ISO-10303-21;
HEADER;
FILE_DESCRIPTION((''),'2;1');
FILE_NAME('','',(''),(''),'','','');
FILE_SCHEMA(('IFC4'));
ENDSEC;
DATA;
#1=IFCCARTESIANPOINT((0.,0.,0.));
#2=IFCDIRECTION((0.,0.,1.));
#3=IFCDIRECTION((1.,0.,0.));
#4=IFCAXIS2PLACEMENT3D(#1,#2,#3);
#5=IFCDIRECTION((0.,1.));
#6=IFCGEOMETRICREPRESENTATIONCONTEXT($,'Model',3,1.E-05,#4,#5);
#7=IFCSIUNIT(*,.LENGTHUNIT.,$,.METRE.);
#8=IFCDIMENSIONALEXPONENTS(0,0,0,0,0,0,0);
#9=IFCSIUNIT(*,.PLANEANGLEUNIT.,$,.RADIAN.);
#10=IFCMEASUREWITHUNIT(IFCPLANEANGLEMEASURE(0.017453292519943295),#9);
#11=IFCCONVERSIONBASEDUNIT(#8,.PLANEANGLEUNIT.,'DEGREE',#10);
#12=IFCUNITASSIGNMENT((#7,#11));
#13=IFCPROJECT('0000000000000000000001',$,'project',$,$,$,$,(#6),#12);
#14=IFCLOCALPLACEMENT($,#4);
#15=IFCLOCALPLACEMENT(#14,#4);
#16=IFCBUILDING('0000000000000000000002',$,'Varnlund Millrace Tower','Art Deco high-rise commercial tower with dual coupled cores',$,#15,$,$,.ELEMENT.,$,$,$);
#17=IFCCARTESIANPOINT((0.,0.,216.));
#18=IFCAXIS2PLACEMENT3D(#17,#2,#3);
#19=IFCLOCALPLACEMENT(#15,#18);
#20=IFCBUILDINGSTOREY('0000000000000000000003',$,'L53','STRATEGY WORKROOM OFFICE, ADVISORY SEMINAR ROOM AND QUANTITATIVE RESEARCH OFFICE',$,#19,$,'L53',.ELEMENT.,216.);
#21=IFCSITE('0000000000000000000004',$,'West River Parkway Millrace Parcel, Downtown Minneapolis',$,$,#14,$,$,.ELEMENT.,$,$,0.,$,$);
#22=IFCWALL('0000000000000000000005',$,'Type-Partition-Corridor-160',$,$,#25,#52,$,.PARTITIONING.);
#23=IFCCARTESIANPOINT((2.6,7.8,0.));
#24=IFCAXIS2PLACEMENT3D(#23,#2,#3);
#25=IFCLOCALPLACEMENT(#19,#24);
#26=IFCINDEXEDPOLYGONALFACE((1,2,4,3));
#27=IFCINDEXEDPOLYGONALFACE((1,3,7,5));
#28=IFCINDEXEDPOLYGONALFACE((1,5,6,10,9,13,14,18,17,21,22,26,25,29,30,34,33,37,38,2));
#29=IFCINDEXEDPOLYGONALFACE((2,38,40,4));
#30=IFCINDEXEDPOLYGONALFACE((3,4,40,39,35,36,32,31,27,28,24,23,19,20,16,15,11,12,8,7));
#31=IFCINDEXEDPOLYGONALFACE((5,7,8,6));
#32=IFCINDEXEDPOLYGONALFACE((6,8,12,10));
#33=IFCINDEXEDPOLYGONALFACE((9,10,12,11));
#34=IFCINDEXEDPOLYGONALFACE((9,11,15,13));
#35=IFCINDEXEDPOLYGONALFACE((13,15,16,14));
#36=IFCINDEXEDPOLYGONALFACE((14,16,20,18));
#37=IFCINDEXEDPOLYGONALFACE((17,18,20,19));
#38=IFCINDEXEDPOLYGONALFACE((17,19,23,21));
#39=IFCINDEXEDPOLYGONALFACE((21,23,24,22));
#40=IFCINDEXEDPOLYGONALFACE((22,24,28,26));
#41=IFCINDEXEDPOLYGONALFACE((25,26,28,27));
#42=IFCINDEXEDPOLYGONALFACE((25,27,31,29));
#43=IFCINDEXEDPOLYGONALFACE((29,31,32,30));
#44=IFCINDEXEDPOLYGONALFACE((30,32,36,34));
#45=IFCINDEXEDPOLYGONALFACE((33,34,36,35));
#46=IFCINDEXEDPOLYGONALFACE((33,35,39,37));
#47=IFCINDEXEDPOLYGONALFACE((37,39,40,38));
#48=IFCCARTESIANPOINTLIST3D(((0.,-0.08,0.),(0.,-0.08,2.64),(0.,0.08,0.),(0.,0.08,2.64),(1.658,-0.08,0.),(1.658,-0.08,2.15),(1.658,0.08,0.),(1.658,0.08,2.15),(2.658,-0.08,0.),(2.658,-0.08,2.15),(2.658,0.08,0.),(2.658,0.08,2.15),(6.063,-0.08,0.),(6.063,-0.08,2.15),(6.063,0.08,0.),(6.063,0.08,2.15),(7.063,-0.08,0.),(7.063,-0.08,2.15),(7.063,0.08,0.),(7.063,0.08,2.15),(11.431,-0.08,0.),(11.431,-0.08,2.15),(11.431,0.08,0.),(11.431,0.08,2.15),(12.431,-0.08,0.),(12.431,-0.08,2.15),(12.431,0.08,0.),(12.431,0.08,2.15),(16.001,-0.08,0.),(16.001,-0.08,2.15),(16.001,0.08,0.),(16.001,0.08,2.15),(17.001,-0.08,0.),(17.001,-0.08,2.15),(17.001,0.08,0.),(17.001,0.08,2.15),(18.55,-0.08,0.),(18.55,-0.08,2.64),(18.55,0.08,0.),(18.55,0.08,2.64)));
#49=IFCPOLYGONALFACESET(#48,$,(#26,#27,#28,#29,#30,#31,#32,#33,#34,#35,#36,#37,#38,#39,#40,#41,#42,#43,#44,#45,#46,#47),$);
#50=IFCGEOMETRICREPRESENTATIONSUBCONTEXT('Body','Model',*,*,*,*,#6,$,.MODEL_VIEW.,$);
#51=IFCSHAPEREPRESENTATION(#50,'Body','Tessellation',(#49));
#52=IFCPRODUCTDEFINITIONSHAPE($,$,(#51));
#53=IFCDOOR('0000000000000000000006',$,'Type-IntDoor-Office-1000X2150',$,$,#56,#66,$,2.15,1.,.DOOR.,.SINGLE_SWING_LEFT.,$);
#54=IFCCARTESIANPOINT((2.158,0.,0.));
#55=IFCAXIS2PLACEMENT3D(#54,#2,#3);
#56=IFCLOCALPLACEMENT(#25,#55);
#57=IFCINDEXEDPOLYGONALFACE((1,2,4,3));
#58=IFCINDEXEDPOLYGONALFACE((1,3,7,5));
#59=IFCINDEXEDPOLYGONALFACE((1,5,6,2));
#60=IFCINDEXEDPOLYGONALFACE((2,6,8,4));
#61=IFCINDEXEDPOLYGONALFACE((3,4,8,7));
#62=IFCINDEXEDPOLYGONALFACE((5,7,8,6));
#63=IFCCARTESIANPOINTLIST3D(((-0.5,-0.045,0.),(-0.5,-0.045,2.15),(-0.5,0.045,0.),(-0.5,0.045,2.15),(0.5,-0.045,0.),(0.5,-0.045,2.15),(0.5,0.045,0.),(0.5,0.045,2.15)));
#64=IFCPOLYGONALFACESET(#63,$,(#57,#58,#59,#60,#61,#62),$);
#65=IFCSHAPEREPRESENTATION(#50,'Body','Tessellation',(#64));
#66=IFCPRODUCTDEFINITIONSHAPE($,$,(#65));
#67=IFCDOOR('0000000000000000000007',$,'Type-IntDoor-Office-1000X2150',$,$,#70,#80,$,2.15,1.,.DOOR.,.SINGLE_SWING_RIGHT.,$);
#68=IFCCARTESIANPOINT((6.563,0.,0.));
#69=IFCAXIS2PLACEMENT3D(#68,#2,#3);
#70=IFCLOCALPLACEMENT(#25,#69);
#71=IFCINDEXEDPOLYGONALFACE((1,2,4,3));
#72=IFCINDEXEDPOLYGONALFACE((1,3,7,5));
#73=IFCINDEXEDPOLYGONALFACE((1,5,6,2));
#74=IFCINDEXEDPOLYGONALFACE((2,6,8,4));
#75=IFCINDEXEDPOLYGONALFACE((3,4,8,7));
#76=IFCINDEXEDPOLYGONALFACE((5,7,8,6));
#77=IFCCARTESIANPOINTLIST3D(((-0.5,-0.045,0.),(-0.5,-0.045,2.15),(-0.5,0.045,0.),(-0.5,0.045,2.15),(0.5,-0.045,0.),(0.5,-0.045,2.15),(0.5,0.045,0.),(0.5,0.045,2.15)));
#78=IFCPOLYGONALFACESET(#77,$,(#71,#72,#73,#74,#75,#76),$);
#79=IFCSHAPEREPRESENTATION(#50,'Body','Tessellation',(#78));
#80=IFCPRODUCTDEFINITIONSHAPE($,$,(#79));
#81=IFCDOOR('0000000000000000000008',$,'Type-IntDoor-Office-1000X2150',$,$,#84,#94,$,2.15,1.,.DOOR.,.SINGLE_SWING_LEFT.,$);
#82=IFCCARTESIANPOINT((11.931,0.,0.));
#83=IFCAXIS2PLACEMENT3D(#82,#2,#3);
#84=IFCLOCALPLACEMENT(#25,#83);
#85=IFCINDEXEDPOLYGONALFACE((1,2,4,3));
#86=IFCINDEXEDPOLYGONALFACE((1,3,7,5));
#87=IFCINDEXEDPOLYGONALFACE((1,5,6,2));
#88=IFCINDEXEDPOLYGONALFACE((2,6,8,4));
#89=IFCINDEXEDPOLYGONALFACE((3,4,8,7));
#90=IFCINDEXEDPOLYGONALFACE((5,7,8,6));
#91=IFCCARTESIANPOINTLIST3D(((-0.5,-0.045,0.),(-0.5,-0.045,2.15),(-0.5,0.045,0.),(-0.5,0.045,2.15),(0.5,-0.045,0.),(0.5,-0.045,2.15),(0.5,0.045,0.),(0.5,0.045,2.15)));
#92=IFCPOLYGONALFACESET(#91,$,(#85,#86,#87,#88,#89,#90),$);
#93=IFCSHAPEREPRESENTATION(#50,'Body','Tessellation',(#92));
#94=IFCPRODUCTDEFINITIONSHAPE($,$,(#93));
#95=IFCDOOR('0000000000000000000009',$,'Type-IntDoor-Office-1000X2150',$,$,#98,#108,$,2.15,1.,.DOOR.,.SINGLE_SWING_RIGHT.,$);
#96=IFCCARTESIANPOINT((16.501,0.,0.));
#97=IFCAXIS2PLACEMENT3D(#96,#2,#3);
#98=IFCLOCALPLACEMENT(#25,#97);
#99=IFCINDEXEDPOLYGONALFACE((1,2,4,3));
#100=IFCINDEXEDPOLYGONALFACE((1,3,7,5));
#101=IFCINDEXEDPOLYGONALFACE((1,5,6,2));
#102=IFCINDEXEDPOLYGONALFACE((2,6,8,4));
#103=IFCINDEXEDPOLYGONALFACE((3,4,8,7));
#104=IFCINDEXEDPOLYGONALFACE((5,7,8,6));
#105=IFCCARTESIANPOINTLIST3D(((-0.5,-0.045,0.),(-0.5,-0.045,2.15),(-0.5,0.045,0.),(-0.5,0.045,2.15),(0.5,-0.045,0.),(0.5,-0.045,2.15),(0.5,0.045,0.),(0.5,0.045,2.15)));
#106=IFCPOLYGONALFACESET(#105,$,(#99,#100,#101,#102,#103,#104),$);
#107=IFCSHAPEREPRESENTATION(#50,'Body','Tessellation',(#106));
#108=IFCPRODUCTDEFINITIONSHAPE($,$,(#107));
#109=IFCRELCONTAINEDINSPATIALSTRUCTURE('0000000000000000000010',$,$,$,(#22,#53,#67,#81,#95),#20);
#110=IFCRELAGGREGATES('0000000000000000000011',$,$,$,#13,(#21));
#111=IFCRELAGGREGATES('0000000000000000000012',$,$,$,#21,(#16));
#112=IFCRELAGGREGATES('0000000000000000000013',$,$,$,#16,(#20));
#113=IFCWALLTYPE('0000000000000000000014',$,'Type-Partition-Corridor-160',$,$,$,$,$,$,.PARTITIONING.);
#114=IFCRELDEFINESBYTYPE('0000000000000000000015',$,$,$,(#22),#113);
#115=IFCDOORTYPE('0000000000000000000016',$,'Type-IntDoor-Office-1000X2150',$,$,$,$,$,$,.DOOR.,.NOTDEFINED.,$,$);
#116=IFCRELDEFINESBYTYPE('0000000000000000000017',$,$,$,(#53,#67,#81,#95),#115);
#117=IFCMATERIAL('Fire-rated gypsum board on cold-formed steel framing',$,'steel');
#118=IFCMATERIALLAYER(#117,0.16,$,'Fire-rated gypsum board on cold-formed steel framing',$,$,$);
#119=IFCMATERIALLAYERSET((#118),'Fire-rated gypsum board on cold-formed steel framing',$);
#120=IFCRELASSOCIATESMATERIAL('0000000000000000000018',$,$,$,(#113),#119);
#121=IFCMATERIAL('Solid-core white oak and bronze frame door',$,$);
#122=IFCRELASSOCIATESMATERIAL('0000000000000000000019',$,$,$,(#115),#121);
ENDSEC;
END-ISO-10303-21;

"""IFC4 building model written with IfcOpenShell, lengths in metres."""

from ifc_helpers import new_model, entity, si_unit, converted_unit, direction, frame, origin_with_axes, origin_2d_with_axis, place, context, subcontext, project, spatial, polyline, rectangle, outline, extrude, material, layer, layer_set, type_object, element, fill, save


model = new_model("IFC4")

# Units and contexts
model_context = context("Model", 3, precision=1e-05, world=origin_with_axes(), true_north=direction((0.0, 1.0)))
body_context = subcontext(model_context, "Body", "Model", "MODEL_VIEW")
ifc_project = project(units=[si_unit("LENGTHUNIT", "METRE"), converted_unit("PLANEANGLEUNIT", "DEGREE", entity("IfcPlaneAngleMeasure", 0.017453292519943295), si_unit("PLANEANGLEUNIT", "RADIAN"), dimensions=[0, 0, 0, 0, 0, 0, 0])], contexts=[model_context])

# Site, building, storey
site_placement = place(None, origin_with_axes())
site = spatial("IfcSite", under=ifc_project, at=site_placement, Name="West River Parkway Millrace Parcel, Downtown Minneapolis", CompositionType="ELEMENT", RefElevation=0.0)
building_placement = place(site_placement, origin_with_axes())
building = spatial("IfcBuilding", under=site, at=building_placement, Name="Varnlund Millrace Tower", Description="Art Deco high-rise commercial tower with dual coupled cores", CompositionType="ELEMENT")
storey_placement = place(building_placement, frame((0.0, 0.0, 216.0), z_axis=(0.0, 0.0, 1.0), x_axis=(1.0, 0.0, 0.0)))
storey = spatial("IfcBuildingStorey", under=building, at=storey_placement, Name="L53", Description="STRATEGY WORKROOM OFFICE, ADVISORY SEMINAR ROOM AND QUANTITATIVE RESEARCH OFFICE", LongName="L53", CompositionType="ELEMENT", Elevation=216.0)

# Shared definitions
ifc_material_1 = material(Name="Fire-rated gypsum board on cold-formed steel framing", Category="steel")
ifc_layer_1 = layer(ifc_material_1, 0.16, Name="Fire-rated gypsum board on cold-formed steel framing")
ifc_layer_set_1 = layer_set([ifc_layer_1], Name="Fire-rated gypsum board on cold-formed steel framing")
wall_type_1 = type_object("IfcWallType", Name="Type-Partition-Corridor-160", PredefinedType="PARTITIONING", material=ifc_layer_set_1)

# Wall, openings, doors
wall_1_placement = place(storey_placement, frame((2.6, 7.8, 0.0), z_axis=(0.0, 0.0, 1.0), x_axis=(1.0, 0.0, 0.0)))
wall_1 = element("IfcWall", 1, at=wall_1_placement, inside=storey, type_object=wall_type_1, Name="Type-Partition-Corridor-160", PredefinedType="PARTITIONING", context=body_context, shape_type="SweptSolid", body=[
    extrude(outline(polyline([(0.0, -0.08), (18.55, -0.08), (18.55, 0.08), (0.0, 0.08), (0.0, -0.08)])), origin_with_axes(), (0.0, 0.0, 1.0), 2.64),
])
opening_1_placement = place(wall_1_placement, frame((2.158, 0.0, 0.0), z_axis=(0.0, 0.0, 1.0), x_axis=(1.0, 0.0, 0.0)))
opening_1 = element("IfcOpeningElement", 2, at=opening_1_placement, cuts=wall_1, PredefinedType="OPENING", context=body_context, shape_type="SweptSolid", body=[
    extrude(rectangle(XDim=1.0, YDim=0.18, at=origin_2d_with_axis()), origin_with_axes(), (0.0, 0.0, 1.0), 2.15),
])
opening_2_placement = place(wall_1_placement, frame((6.563, 0.0, 0.0), z_axis=(0.0, 0.0, 1.0), x_axis=(1.0, 0.0, 0.0)))
opening_2 = element("IfcOpeningElement", 3, at=opening_2_placement, cuts=wall_1, PredefinedType="OPENING", context=body_context, shape_type="SweptSolid", body=[
    extrude(rectangle(XDim=1.0, YDim=0.18, at=origin_2d_with_axis()), origin_with_axes(), (0.0, 0.0, 1.0), 2.15),
])
opening_3_placement = place(wall_1_placement, frame((11.931, 0.0, 0.0), z_axis=(0.0, 0.0, 1.0), x_axis=(1.0, 0.0, 0.0)))
opening_3 = element("IfcOpeningElement", 4, at=opening_3_placement, cuts=wall_1, PredefinedType="OPENING", context=body_context, shape_type="SweptSolid", body=[
    extrude(rectangle(XDim=1.0, YDim=0.18, at=origin_2d_with_axis()), origin_with_axes(), (0.0, 0.0, 1.0), 2.15),
])
opening_4_placement = place(wall_1_placement, frame((16.501, 0.0, 0.0), z_axis=(0.0, 0.0, 1.0), x_axis=(1.0, 0.0, 0.0)))
opening_4 = element("IfcOpeningElement", 5, at=opening_4_placement, cuts=wall_1, PredefinedType="OPENING", context=body_context, shape_type="SweptSolid", body=[
    extrude(rectangle(XDim=1.0, YDim=0.18, at=origin_2d_with_axis()), origin_with_axes(), (0.0, 0.0, 1.0), 2.15),
])
ifc_material_2 = material(Name="Solid-core white oak and bronze frame door")
door_type_1 = type_object("IfcDoorType", Name="Type-IntDoor-Office-1000X2150", OperationType="NOTDEFINED", PredefinedType="DOOR", material=ifc_material_2)
door_1_placement = place(wall_1_placement, frame((2.158, 0.0, 0.0), z_axis=(0.0, 0.0, 1.0), x_axis=(1.0, 0.0, 0.0)))
door_1 = element("IfcDoor", 6, at=door_1_placement, inside=storey, type_object=door_type_1, Name="Type-IntDoor-Office-1000X2150", OperationType="SINGLE_SWING_LEFT", OverallHeight=2.15, OverallWidth=1.0, PredefinedType="DOOR", context=body_context, shape_type="SweptSolid", body=[
    extrude(rectangle(XDim=1.0, YDim=0.09, at=origin_2d_with_axis()), origin_with_axes(), (0.0, 0.0, 1.0), 2.15),
])
fill(opening_1, door_1)
door_2_placement = place(wall_1_placement, frame((6.563, 0.0, 0.0), z_axis=(0.0, 0.0, 1.0), x_axis=(1.0, 0.0, 0.0)))
door_2 = element("IfcDoor", 7, at=door_2_placement, inside=storey, type_object=door_type_1, Name="Type-IntDoor-Office-1000X2150", OperationType="SINGLE_SWING_RIGHT", OverallHeight=2.15, OverallWidth=1.0, PredefinedType="DOOR", context=body_context, shape_type="SweptSolid", body=[
    extrude(rectangle(XDim=1.0, YDim=0.09, at=origin_2d_with_axis()), origin_with_axes(), (0.0, 0.0, 1.0), 2.15),
])
fill(opening_2, door_2)
door_3_placement = place(wall_1_placement, frame((11.931, 0.0, 0.0), z_axis=(0.0, 0.0, 1.0), x_axis=(1.0, 0.0, 0.0)))
door_3 = element("IfcDoor", 8, at=door_3_placement, inside=storey, type_object=door_type_1, Name="Type-IntDoor-Office-1000X2150", OperationType="SINGLE_SWING_LEFT", OverallHeight=2.15, OverallWidth=1.0, PredefinedType="DOOR", context=body_context, shape_type="SweptSolid", body=[
    extrude(rectangle(XDim=1.0, YDim=0.09, at=origin_2d_with_axis()), origin_with_axes(), (0.0, 0.0, 1.0), 2.15),
])
fill(opening_3, door_3)
door_4_placement = place(wall_1_placement, frame((16.501, 0.0, 0.0), z_axis=(0.0, 0.0, 1.0), x_axis=(1.0, 0.0, 0.0)))
door_4 = element("IfcDoor", 9, at=door_4_placement, inside=storey, type_object=door_type_1, Name="Type-IntDoor-Office-1000X2150", OperationType="SINGLE_SWING_RIGHT", OverallHeight=2.15, OverallWidth=1.0, PredefinedType="DOOR", context=body_context, shape_type="SweptSolid", body=[
    extrude(rectangle(XDim=1.0, YDim=0.09, at=origin_2d_with_axis()), origin_with_axes(), (0.0, 0.0, 1.0), 2.15),
])
fill(opening_4, door_4)

save(model, "model.ifc")
